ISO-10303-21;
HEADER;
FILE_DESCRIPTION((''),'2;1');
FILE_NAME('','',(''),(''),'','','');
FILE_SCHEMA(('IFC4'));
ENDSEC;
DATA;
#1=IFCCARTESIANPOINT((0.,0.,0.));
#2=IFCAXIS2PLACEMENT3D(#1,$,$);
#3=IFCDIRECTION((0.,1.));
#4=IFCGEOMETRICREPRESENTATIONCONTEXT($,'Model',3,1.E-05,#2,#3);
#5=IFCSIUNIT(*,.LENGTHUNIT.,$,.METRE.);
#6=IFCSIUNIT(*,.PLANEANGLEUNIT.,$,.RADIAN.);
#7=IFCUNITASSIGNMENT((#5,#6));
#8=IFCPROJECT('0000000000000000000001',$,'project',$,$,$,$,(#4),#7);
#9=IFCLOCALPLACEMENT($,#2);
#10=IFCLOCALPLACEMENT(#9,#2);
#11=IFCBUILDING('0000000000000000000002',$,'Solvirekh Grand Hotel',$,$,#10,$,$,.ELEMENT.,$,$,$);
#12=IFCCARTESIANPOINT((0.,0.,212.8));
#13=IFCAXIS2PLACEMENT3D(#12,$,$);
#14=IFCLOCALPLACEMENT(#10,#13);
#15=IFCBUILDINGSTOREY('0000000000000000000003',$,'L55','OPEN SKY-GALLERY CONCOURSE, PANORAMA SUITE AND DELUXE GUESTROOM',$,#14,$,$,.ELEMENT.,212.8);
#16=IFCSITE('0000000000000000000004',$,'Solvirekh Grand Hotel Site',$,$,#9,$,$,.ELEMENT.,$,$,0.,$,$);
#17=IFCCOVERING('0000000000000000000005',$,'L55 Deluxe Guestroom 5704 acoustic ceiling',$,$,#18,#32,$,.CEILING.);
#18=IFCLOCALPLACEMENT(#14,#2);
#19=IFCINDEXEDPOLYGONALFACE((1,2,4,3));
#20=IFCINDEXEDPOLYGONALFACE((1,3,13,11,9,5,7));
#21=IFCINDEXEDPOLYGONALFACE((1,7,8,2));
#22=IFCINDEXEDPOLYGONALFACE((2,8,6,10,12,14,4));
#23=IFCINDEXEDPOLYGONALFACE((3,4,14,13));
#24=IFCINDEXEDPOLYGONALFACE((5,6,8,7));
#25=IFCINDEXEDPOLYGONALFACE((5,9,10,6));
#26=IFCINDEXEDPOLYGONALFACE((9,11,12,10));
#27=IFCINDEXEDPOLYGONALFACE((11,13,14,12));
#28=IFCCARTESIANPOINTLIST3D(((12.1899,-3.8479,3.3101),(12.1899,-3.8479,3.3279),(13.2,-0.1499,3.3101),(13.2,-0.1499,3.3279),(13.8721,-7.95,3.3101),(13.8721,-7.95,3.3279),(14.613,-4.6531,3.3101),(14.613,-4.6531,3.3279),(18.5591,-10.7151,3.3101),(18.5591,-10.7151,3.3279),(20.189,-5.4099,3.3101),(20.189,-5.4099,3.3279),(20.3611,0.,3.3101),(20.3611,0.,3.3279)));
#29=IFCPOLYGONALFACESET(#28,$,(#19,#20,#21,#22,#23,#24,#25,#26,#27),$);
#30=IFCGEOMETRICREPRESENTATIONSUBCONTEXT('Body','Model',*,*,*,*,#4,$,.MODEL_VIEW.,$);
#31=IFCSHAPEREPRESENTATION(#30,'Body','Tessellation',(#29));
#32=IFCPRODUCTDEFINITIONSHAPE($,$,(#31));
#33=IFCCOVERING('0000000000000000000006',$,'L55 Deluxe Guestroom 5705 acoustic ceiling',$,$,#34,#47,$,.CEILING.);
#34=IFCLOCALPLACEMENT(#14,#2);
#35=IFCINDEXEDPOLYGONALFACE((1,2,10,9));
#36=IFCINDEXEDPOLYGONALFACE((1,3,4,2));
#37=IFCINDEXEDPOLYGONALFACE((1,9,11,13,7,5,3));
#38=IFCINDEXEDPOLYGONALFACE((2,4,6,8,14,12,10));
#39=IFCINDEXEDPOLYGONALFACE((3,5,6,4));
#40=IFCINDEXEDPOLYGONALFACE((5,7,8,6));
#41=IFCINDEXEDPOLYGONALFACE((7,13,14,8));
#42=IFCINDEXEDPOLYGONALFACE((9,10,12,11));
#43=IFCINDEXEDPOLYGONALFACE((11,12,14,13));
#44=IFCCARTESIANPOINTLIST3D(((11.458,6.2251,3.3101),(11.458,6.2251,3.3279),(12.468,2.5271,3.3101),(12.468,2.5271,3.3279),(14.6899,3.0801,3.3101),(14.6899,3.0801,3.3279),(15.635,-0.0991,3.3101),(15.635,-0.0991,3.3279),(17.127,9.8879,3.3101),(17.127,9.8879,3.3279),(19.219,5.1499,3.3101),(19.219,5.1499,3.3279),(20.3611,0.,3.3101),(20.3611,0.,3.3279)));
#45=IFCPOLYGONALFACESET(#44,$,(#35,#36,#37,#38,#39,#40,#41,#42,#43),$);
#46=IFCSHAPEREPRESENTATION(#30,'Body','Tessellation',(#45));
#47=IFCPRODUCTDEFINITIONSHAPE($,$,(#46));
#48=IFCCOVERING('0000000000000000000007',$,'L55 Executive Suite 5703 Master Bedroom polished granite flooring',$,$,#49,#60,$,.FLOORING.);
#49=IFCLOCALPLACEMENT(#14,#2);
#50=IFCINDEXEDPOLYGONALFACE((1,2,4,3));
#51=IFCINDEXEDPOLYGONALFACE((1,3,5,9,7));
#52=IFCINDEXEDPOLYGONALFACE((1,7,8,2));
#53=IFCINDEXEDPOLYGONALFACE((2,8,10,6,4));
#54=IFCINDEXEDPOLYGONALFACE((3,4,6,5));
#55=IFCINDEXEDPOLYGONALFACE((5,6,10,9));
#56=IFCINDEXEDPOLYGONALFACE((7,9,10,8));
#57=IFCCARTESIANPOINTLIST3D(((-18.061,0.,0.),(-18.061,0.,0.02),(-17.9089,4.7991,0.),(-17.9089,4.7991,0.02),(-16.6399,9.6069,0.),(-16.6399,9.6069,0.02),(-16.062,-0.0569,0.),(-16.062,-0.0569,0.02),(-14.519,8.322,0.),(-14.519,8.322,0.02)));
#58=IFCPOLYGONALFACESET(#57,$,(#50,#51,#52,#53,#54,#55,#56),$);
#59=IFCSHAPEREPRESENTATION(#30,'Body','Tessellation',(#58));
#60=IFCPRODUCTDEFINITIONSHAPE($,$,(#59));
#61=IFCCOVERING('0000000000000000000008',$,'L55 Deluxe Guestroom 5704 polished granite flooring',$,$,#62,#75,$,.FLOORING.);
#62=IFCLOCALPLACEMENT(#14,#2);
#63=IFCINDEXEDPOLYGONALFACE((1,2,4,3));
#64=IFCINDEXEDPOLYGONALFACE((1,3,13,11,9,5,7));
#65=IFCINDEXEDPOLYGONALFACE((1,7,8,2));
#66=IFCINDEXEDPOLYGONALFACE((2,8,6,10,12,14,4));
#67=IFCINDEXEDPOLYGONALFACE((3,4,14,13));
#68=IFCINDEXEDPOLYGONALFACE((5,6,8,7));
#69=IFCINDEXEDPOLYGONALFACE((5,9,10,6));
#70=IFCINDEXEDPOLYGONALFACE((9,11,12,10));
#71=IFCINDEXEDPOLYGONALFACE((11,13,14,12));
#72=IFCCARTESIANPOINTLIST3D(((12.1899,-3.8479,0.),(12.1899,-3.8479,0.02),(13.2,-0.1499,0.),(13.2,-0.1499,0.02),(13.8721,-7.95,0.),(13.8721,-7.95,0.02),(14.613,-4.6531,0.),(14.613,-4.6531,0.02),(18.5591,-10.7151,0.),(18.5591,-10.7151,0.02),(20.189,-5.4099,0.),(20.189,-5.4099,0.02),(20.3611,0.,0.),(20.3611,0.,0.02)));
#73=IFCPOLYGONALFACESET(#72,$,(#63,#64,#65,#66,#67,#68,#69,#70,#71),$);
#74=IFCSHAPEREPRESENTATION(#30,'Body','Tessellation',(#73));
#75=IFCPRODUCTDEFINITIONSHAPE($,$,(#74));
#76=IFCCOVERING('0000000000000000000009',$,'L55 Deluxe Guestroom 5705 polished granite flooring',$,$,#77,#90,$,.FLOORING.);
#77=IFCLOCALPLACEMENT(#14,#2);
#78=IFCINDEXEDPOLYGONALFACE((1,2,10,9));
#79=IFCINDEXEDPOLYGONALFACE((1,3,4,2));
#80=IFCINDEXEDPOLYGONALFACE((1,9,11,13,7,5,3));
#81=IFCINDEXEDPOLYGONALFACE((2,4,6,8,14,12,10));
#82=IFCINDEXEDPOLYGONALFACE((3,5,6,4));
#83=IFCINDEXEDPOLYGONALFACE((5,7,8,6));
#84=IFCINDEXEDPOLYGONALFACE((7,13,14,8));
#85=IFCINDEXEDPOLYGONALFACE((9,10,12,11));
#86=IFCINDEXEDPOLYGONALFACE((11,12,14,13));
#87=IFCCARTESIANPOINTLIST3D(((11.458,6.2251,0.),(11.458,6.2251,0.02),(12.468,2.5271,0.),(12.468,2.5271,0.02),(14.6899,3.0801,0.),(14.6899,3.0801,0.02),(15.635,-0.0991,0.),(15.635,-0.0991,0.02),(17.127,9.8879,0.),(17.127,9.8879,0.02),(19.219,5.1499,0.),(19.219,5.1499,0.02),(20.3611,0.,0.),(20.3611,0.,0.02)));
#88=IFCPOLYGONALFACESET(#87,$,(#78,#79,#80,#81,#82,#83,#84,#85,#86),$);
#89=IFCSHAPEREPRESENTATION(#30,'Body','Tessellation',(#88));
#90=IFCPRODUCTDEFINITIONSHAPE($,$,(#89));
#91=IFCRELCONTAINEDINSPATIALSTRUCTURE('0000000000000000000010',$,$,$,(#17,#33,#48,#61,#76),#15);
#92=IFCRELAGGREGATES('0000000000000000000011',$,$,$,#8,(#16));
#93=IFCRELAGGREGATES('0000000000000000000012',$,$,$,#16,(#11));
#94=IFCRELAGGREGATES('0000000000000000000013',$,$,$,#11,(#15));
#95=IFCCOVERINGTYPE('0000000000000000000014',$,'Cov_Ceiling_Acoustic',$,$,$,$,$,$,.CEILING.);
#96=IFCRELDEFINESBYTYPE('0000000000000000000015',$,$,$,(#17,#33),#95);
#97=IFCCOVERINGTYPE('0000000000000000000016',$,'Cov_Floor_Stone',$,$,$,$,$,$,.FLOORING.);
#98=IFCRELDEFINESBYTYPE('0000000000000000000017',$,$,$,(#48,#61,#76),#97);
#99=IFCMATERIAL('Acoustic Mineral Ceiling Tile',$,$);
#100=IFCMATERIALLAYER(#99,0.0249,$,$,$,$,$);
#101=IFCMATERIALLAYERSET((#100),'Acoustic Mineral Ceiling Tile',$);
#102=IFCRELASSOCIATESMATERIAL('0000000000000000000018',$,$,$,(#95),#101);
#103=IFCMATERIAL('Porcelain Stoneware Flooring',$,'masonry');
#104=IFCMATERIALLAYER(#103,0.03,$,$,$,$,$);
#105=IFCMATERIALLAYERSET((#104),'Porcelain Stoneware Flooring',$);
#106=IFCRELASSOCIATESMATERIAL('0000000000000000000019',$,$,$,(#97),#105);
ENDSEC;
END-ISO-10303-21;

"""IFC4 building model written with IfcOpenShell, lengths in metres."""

from ifc_helpers import new_model, si_unit, direction, frame, origin, place, context, subcontext, project, spatial, polyline, outline, extrude, material, layer, layer_set, type_object, element, save


model = new_model("IFC4")

# Units and contexts
model_context = context("Model", 3, precision=1e-05, world=origin(), true_north=direction((0.0, 1.0)))
body_context = subcontext(model_context, "Body", "Model", "MODEL_VIEW")
ifc_project = project(units=[si_unit("LENGTHUNIT", "METRE"), si_unit("PLANEANGLEUNIT", "RADIAN")], contexts=[model_context])

# Site, building, storey
site_placement = place(None, origin())
site = spatial("IfcSite", under=ifc_project, at=site_placement, Name="Solvirekh Grand Hotel Site", CompositionType="ELEMENT", RefElevation=0.0)
building_placement = place(site_placement, origin())
building = spatial("IfcBuilding", under=site, at=building_placement, Name="Solvirekh Grand Hotel", CompositionType="ELEMENT")
storey_placement = place(building_placement, frame((0.0, 0.0, 212.8)))
storey = spatial("IfcBuildingStorey", under=building, at=storey_placement, Name="L55", Description="OPEN SKY-GALLERY CONCOURSE, PANORAMA SUITE AND DELUXE GUESTROOM", CompositionType="ELEMENT", Elevation=212.8)

# Coverings
ifc_material_1 = material(Name="Acoustic Mineral Ceiling Tile")
ifc_layer_1 = layer(ifc_material_1, 0.0249)
ifc_layer_set_1 = layer_set([ifc_layer_1], Name="Acoustic Mineral Ceiling Tile")
covering_type_1 = type_object("IfcCoveringType", Name="Cov_Ceiling_Acoustic", PredefinedType="CEILING", material=ifc_layer_set_1)
covering_1_placement = place(storey_placement, frame((0.0, 0.0, 3.3101)))
element("IfcCovering", 1, at=covering_1_placement, inside=storey, type_object=covering_type_1, Name="L55 Deluxe Guestroom 5704 acoustic ceiling", PredefinedType="CEILING", context=body_context, shape_type="SweptSolid", body=[
    extrude(outline(polyline([(14.613, -4.6531), (13.8721, -7.95), (18.5591, -10.7151), (20.189, -5.4099), (20.3611, 0.0), (13.2, -0.1499), (12.1899, -3.8479), (14.613, -4.6531)])), origin(), (0.0, 0.0, 1.0), 0.0178),
])
covering_2_placement = place(storey_placement, frame((0.0, 0.0, 3.3101)))
element("IfcCovering", 2, at=covering_2_placement, inside=storey, type_object=covering_type_1, Name="L55 Deluxe Guestroom 5705 acoustic ceiling", PredefinedType="CEILING", context=body_context, shape_type="SweptSolid", body=[
    extrude(outline(polyline([(14.6899, 3.0801), (15.635, -0.0991), (20.3611, 0.0), (19.219, 5.1499), (17.127, 9.8879), (11.458, 6.2251), (12.468, 2.5271), (14.6899, 3.0801)])), origin(), (0.0, 0.0, 1.0), 0.0178),
])
ifc_material_2 = material(Name="Porcelain Stoneware Flooring", Category="masonry")
ifc_layer_2 = layer(ifc_material_2, 0.03)
ifc_layer_set_2 = layer_set([ifc_layer_2], Name="Porcelain Stoneware Flooring")
covering_type_2 = type_object("IfcCoveringType", Name="Cov_Floor_Stone", PredefinedType="FLOORING", material=ifc_layer_set_2)
covering_3_placement = place(storey_placement, origin())
element("IfcCovering", 3, at=covering_3_placement, inside=storey, type_object=covering_type_2, Name="L55 Executive Suite 5703 Master Bedroom polished granite flooring", PredefinedType="FLOORING", context=body_context, shape_type="SweptSolid", body=[
    extrude(outline(polyline([(-16.6399, 9.6069), (-17.9089, 4.7991), (-18.061, 0.0), (-16.062, -0.0569), (-14.519, 8.322), (-16.6399, 9.6069)])), origin(), (0.0, 0.0, 1.0), 0.02),
])
covering_4_placement = place(storey_placement, origin())
element("IfcCovering", 4, at=covering_4_placement, inside=storey, type_object=covering_type_2, Name="L55 Deluxe Guestroom 5704 polished granite flooring", PredefinedType="FLOORING", context=body_context, shape_type="SweptSolid", body=[
    extrude(outline(polyline([(14.613, -4.6531), (13.8721, -7.95), (18.5591, -10.7151), (20.189, -5.4099), (20.3611, 0.0), (13.2, -0.1499), (12.1899, -3.8479), (14.613, -4.6531)])), origin(), (0.0, 0.0, 1.0), 0.02),
])
covering_5_placement = place(storey_placement, origin())
element("IfcCovering", 5, at=covering_5_placement, inside=storey, type_object=covering_type_2, Name="L55 Deluxe Guestroom 5705 polished granite flooring", PredefinedType="FLOORING", context=body_context, shape_type="SweptSolid", body=[
    extrude(outline(polyline([(14.6899, 3.0801), (15.635, -0.0991), (20.3611, 0.0), (19.219, 5.1499), (17.127, 9.8879), (11.458, 6.2251), (12.468, 2.5271), (14.6899, 3.0801)])), origin(), (0.0, 0.0, 1.0), 0.02),
])

save(model, "model.ifc")
